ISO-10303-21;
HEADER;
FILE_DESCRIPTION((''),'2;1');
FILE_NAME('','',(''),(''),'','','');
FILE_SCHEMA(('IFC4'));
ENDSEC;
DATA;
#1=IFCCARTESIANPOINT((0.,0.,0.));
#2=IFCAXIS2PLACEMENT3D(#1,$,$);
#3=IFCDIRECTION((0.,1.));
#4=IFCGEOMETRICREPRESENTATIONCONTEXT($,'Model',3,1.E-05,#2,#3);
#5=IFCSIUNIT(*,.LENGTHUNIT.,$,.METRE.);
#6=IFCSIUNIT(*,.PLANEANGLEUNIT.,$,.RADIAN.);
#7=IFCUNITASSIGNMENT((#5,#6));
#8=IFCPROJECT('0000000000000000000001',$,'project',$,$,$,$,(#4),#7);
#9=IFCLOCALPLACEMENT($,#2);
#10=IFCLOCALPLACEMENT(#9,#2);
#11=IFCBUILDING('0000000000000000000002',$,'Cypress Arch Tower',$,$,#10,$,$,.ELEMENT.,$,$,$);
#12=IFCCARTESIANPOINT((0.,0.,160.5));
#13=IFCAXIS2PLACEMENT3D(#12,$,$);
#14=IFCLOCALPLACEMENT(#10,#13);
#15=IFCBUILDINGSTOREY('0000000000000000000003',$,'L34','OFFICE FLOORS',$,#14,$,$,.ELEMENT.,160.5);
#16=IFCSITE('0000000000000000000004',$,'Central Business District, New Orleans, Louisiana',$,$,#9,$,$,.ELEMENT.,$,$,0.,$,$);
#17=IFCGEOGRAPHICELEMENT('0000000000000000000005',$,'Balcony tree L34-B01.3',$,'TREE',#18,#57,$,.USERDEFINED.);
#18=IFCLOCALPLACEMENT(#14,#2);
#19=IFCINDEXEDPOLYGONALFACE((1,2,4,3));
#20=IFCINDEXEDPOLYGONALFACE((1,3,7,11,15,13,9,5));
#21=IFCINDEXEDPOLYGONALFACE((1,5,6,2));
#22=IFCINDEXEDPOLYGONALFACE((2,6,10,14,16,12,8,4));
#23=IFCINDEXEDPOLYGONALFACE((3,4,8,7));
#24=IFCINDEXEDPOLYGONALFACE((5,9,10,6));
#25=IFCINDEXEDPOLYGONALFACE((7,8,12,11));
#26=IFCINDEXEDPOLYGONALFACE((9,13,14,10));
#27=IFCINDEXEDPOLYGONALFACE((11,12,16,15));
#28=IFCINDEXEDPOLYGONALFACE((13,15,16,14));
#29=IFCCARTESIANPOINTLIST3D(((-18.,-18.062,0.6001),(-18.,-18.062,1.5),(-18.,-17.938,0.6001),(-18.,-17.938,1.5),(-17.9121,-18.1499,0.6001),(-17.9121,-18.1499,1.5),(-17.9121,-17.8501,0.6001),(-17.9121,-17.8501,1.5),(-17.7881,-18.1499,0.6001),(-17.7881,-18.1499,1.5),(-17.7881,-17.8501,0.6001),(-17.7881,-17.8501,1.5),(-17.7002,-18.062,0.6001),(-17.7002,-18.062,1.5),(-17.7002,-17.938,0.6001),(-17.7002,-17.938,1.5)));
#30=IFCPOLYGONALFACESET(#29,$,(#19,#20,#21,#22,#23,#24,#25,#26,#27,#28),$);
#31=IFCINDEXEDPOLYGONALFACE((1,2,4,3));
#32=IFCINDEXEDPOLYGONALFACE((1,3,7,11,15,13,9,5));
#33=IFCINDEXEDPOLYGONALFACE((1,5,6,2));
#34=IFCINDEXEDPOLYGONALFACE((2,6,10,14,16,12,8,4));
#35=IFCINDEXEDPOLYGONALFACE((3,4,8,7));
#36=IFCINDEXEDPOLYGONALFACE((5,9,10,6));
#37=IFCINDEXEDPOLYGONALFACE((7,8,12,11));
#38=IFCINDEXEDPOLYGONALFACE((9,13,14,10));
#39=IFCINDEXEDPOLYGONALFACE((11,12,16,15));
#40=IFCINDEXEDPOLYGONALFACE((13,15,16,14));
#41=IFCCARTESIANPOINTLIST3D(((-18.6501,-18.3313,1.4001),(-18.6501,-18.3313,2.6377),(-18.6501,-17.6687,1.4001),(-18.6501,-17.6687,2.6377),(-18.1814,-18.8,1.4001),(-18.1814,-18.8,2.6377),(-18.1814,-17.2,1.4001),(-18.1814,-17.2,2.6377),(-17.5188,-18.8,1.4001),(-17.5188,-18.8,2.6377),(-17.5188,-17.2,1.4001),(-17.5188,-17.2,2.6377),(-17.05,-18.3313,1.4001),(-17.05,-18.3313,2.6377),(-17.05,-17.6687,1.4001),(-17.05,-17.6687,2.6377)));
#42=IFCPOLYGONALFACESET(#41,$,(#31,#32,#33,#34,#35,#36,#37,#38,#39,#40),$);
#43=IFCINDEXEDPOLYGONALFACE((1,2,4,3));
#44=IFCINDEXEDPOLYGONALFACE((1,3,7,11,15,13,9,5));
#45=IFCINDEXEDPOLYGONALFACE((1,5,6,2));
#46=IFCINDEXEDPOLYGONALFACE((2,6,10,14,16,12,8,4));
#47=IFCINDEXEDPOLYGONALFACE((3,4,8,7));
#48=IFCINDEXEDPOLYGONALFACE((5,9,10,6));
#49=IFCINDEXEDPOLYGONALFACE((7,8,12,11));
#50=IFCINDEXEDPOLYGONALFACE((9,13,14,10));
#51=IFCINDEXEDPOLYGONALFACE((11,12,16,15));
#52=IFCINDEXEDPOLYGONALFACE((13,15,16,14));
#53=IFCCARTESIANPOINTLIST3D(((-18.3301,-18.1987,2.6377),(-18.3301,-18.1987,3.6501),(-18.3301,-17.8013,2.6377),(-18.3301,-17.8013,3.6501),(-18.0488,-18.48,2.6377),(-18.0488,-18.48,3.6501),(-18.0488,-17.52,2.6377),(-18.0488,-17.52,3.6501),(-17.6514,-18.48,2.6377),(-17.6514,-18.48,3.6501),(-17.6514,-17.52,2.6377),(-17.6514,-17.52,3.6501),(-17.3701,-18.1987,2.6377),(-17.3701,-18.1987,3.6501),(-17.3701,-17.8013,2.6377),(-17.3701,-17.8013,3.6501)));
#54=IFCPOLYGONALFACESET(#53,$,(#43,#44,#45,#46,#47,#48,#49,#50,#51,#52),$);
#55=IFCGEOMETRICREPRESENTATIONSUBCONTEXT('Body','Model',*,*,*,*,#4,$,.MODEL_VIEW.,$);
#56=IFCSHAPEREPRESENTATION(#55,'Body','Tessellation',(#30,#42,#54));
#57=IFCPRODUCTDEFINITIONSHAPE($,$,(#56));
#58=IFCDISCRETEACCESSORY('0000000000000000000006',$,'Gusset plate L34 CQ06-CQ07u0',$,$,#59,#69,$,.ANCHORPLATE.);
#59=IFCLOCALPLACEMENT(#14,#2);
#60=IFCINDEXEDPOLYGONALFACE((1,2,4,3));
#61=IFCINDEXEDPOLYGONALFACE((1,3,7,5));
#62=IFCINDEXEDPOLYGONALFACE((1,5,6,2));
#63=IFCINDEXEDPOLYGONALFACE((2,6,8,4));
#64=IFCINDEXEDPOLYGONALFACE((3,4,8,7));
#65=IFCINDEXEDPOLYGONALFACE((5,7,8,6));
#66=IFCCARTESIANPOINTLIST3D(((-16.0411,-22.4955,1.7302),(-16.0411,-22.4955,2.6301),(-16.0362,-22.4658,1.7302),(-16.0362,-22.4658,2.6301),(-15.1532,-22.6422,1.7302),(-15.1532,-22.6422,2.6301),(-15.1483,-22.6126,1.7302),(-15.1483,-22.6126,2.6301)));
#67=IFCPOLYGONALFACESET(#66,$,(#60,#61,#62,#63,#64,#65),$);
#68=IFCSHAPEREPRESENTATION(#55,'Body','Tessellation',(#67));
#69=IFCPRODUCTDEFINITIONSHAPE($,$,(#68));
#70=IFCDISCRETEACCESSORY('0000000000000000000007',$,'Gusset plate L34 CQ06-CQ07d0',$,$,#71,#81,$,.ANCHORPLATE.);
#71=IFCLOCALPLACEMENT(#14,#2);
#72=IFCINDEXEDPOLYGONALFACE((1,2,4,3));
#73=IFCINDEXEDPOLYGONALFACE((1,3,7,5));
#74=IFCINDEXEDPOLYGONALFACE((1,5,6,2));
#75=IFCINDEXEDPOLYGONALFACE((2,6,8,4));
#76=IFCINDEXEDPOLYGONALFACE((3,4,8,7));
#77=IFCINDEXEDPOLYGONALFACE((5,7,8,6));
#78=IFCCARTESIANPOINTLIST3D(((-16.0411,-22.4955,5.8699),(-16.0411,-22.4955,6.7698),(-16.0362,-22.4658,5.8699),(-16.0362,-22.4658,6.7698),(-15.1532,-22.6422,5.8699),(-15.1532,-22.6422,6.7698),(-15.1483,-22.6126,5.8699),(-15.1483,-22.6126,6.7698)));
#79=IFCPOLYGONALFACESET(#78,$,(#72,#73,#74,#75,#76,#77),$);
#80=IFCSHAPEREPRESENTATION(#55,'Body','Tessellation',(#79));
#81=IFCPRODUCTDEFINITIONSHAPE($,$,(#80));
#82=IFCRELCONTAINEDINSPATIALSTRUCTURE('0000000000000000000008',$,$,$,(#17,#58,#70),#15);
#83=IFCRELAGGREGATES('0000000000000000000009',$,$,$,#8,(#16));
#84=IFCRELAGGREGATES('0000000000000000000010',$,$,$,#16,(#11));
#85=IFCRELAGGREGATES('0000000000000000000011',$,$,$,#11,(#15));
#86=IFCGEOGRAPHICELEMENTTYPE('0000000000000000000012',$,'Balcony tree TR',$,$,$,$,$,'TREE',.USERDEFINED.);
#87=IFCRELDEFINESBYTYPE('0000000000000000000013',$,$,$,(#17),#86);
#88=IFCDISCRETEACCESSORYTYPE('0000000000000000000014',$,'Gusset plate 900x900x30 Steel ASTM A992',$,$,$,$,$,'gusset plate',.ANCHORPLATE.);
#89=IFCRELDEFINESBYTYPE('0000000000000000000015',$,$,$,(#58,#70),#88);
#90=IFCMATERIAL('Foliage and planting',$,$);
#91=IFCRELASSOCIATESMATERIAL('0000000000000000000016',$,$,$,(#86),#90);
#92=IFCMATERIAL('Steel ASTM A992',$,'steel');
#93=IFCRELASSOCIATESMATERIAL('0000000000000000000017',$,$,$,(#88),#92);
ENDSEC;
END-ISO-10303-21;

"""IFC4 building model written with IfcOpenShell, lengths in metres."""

from ifc_helpers import new_model, si_unit, direction, frame, origin, origin_2d, place, context, subcontext, project, spatial, polyline, rectangle, outline, extrude, material, material_profile, profile_set, type_object, element, save


model = new_model("IFC4")

# Units and contexts
model_context = context("Model", 3, precision=1e-05, world=origin(), true_north=direction((0.0, 1.0)))
body_context = subcontext(model_context, "Body", "Model", "MODEL_VIEW")
ifc_project = project(units=[si_unit("LENGTHUNIT", "METRE"), si_unit("PLANEANGLEUNIT", "RADIAN")], contexts=[model_context])

# Site, building, storey
site_placement = place(None, origin())
site = spatial("IfcSite", under=ifc_project, at=site_placement, Name="Central Business District, New Orleans, Louisiana", CompositionType="ELEMENT", RefElevation=0.0)
building_placement = place(site_placement, origin())
building = spatial("IfcBuilding", under=site, at=building_placement, Name="Cypress Arch Tower", CompositionType="ELEMENT")
storey_placement = place(building_placement, frame((0.0, 0.0, 160.5)))
storey = spatial("IfcBuildingStorey", under=building, at=storey_placement, Name="L34", Description="OFFICE FLOORS", CompositionType="ELEMENT", Elevation=160.5)

# Geographic element
ifc_material_1 = material(Name="Foliage and planting")
geographic_element_type = type_object("IfcGeographicElementType", Name="Balcony tree TR", ElementType="TREE", PredefinedType="USERDEFINED", material=ifc_material_1)
for number, where, z_axis, x_axis, name in (
    (1, (-17.8501, -18.0, 0.6001), (0.0, 0.0, 1.0), (1.0, 0.0, 0.0), "Balcony tree L34-B01.3"),
):
    element("IfcGeographicElement", number, at=place(storey_placement, frame(where, z_axis=z_axis, x_axis=x_axis)), inside=storey, type_object=geographic_element_type, Name=name, ObjectType="TREE", PredefinedType="USERDEFINED", context=body_context, shape_type="SweptSolid", body=[
        extrude(outline(polyline([(0.1499, 0.062), (0.062, 0.1499), (-0.062, 0.1499), (-0.1499, 0.062), (-0.1499, -0.062), (-0.062, -0.1499), (0.062, -0.1499), (0.1499, -0.062), (0.1499, 0.062)])), origin(), (0.0, 0.0, 1.0), 0.8999),
        extrude(outline(polyline([(0.8, 0.3313), (0.3313, 0.8), (-0.3313, 0.8), (-0.8, 0.3313), (-0.8, -0.3313), (-0.3313, -0.8), (0.3313, -0.8), (0.8, -0.3313), (0.8, 0.3313)])), frame((0.0, 0.0, 0.8)), (0.0, 0.0, 1.0), 1.2375),
        extrude(outline(polyline([(0.48, 0.1987), (0.1987, 0.48), (-0.1987, 0.48), (-0.48, 0.1987), (-0.48, -0.1987), (-0.1987, -0.48), (0.1987, -0.48), (0.48, -0.1987), (0.48, 0.1987)])), frame((0.0, 0.0, 2.0376)), (0.0, 0.0, 1.0), 1.0125),
    ])

# Discrete accessories
ifc_material_2 = material(Name="Steel ASTM A992", Category="steel")
ifc_material_profile_1 = material_profile(ifc_material_2, rectangle(XDim=0.8999, YDim=0.8999, at=origin_2d()), Name="PL 30 900x900")
ifc_profile_set_1 = profile_set([ifc_material_profile_1], Name="Steel ASTM A992")
discrete_accessory_type = type_object("IfcDiscreteAccessoryType", Name="Gusset plate 900x900x30 Steel ASTM A992", ElementType="gusset plate", PredefinedType="ANCHORPLATE", material=ifc_profile_set_1)
for number, where, z_axis, x_axis, name in (
    (2, (-15.5972, -22.5688, 2.1802), (0.163077, 0.986613, 0.0), (-0.986613, 0.163077, 0.0), "Gusset plate L34 CQ06-CQ07u0"),
    (3, (-15.5972, -22.5688, 6.3198), (0.163077, 0.986613, 0.0), (-0.986613, 0.163077, 0.0), "Gusset plate L34 CQ06-CQ07d0"),
):
    element("IfcDiscreteAccessory", number, at=place(storey_placement, frame(where, z_axis=z_axis, x_axis=x_axis)), inside=storey, type_object=discrete_accessory_type, Name=name, PredefinedType="ANCHORPLATE", context=body_context, shape_type="SweptSolid", body=[
        extrude(rectangle(XDim=0.8999, YDim=0.8999, at=origin_2d()), origin(), (0.0, 0.0, 1.0), 0.03),
    ])

save(model, "model.ifc")
